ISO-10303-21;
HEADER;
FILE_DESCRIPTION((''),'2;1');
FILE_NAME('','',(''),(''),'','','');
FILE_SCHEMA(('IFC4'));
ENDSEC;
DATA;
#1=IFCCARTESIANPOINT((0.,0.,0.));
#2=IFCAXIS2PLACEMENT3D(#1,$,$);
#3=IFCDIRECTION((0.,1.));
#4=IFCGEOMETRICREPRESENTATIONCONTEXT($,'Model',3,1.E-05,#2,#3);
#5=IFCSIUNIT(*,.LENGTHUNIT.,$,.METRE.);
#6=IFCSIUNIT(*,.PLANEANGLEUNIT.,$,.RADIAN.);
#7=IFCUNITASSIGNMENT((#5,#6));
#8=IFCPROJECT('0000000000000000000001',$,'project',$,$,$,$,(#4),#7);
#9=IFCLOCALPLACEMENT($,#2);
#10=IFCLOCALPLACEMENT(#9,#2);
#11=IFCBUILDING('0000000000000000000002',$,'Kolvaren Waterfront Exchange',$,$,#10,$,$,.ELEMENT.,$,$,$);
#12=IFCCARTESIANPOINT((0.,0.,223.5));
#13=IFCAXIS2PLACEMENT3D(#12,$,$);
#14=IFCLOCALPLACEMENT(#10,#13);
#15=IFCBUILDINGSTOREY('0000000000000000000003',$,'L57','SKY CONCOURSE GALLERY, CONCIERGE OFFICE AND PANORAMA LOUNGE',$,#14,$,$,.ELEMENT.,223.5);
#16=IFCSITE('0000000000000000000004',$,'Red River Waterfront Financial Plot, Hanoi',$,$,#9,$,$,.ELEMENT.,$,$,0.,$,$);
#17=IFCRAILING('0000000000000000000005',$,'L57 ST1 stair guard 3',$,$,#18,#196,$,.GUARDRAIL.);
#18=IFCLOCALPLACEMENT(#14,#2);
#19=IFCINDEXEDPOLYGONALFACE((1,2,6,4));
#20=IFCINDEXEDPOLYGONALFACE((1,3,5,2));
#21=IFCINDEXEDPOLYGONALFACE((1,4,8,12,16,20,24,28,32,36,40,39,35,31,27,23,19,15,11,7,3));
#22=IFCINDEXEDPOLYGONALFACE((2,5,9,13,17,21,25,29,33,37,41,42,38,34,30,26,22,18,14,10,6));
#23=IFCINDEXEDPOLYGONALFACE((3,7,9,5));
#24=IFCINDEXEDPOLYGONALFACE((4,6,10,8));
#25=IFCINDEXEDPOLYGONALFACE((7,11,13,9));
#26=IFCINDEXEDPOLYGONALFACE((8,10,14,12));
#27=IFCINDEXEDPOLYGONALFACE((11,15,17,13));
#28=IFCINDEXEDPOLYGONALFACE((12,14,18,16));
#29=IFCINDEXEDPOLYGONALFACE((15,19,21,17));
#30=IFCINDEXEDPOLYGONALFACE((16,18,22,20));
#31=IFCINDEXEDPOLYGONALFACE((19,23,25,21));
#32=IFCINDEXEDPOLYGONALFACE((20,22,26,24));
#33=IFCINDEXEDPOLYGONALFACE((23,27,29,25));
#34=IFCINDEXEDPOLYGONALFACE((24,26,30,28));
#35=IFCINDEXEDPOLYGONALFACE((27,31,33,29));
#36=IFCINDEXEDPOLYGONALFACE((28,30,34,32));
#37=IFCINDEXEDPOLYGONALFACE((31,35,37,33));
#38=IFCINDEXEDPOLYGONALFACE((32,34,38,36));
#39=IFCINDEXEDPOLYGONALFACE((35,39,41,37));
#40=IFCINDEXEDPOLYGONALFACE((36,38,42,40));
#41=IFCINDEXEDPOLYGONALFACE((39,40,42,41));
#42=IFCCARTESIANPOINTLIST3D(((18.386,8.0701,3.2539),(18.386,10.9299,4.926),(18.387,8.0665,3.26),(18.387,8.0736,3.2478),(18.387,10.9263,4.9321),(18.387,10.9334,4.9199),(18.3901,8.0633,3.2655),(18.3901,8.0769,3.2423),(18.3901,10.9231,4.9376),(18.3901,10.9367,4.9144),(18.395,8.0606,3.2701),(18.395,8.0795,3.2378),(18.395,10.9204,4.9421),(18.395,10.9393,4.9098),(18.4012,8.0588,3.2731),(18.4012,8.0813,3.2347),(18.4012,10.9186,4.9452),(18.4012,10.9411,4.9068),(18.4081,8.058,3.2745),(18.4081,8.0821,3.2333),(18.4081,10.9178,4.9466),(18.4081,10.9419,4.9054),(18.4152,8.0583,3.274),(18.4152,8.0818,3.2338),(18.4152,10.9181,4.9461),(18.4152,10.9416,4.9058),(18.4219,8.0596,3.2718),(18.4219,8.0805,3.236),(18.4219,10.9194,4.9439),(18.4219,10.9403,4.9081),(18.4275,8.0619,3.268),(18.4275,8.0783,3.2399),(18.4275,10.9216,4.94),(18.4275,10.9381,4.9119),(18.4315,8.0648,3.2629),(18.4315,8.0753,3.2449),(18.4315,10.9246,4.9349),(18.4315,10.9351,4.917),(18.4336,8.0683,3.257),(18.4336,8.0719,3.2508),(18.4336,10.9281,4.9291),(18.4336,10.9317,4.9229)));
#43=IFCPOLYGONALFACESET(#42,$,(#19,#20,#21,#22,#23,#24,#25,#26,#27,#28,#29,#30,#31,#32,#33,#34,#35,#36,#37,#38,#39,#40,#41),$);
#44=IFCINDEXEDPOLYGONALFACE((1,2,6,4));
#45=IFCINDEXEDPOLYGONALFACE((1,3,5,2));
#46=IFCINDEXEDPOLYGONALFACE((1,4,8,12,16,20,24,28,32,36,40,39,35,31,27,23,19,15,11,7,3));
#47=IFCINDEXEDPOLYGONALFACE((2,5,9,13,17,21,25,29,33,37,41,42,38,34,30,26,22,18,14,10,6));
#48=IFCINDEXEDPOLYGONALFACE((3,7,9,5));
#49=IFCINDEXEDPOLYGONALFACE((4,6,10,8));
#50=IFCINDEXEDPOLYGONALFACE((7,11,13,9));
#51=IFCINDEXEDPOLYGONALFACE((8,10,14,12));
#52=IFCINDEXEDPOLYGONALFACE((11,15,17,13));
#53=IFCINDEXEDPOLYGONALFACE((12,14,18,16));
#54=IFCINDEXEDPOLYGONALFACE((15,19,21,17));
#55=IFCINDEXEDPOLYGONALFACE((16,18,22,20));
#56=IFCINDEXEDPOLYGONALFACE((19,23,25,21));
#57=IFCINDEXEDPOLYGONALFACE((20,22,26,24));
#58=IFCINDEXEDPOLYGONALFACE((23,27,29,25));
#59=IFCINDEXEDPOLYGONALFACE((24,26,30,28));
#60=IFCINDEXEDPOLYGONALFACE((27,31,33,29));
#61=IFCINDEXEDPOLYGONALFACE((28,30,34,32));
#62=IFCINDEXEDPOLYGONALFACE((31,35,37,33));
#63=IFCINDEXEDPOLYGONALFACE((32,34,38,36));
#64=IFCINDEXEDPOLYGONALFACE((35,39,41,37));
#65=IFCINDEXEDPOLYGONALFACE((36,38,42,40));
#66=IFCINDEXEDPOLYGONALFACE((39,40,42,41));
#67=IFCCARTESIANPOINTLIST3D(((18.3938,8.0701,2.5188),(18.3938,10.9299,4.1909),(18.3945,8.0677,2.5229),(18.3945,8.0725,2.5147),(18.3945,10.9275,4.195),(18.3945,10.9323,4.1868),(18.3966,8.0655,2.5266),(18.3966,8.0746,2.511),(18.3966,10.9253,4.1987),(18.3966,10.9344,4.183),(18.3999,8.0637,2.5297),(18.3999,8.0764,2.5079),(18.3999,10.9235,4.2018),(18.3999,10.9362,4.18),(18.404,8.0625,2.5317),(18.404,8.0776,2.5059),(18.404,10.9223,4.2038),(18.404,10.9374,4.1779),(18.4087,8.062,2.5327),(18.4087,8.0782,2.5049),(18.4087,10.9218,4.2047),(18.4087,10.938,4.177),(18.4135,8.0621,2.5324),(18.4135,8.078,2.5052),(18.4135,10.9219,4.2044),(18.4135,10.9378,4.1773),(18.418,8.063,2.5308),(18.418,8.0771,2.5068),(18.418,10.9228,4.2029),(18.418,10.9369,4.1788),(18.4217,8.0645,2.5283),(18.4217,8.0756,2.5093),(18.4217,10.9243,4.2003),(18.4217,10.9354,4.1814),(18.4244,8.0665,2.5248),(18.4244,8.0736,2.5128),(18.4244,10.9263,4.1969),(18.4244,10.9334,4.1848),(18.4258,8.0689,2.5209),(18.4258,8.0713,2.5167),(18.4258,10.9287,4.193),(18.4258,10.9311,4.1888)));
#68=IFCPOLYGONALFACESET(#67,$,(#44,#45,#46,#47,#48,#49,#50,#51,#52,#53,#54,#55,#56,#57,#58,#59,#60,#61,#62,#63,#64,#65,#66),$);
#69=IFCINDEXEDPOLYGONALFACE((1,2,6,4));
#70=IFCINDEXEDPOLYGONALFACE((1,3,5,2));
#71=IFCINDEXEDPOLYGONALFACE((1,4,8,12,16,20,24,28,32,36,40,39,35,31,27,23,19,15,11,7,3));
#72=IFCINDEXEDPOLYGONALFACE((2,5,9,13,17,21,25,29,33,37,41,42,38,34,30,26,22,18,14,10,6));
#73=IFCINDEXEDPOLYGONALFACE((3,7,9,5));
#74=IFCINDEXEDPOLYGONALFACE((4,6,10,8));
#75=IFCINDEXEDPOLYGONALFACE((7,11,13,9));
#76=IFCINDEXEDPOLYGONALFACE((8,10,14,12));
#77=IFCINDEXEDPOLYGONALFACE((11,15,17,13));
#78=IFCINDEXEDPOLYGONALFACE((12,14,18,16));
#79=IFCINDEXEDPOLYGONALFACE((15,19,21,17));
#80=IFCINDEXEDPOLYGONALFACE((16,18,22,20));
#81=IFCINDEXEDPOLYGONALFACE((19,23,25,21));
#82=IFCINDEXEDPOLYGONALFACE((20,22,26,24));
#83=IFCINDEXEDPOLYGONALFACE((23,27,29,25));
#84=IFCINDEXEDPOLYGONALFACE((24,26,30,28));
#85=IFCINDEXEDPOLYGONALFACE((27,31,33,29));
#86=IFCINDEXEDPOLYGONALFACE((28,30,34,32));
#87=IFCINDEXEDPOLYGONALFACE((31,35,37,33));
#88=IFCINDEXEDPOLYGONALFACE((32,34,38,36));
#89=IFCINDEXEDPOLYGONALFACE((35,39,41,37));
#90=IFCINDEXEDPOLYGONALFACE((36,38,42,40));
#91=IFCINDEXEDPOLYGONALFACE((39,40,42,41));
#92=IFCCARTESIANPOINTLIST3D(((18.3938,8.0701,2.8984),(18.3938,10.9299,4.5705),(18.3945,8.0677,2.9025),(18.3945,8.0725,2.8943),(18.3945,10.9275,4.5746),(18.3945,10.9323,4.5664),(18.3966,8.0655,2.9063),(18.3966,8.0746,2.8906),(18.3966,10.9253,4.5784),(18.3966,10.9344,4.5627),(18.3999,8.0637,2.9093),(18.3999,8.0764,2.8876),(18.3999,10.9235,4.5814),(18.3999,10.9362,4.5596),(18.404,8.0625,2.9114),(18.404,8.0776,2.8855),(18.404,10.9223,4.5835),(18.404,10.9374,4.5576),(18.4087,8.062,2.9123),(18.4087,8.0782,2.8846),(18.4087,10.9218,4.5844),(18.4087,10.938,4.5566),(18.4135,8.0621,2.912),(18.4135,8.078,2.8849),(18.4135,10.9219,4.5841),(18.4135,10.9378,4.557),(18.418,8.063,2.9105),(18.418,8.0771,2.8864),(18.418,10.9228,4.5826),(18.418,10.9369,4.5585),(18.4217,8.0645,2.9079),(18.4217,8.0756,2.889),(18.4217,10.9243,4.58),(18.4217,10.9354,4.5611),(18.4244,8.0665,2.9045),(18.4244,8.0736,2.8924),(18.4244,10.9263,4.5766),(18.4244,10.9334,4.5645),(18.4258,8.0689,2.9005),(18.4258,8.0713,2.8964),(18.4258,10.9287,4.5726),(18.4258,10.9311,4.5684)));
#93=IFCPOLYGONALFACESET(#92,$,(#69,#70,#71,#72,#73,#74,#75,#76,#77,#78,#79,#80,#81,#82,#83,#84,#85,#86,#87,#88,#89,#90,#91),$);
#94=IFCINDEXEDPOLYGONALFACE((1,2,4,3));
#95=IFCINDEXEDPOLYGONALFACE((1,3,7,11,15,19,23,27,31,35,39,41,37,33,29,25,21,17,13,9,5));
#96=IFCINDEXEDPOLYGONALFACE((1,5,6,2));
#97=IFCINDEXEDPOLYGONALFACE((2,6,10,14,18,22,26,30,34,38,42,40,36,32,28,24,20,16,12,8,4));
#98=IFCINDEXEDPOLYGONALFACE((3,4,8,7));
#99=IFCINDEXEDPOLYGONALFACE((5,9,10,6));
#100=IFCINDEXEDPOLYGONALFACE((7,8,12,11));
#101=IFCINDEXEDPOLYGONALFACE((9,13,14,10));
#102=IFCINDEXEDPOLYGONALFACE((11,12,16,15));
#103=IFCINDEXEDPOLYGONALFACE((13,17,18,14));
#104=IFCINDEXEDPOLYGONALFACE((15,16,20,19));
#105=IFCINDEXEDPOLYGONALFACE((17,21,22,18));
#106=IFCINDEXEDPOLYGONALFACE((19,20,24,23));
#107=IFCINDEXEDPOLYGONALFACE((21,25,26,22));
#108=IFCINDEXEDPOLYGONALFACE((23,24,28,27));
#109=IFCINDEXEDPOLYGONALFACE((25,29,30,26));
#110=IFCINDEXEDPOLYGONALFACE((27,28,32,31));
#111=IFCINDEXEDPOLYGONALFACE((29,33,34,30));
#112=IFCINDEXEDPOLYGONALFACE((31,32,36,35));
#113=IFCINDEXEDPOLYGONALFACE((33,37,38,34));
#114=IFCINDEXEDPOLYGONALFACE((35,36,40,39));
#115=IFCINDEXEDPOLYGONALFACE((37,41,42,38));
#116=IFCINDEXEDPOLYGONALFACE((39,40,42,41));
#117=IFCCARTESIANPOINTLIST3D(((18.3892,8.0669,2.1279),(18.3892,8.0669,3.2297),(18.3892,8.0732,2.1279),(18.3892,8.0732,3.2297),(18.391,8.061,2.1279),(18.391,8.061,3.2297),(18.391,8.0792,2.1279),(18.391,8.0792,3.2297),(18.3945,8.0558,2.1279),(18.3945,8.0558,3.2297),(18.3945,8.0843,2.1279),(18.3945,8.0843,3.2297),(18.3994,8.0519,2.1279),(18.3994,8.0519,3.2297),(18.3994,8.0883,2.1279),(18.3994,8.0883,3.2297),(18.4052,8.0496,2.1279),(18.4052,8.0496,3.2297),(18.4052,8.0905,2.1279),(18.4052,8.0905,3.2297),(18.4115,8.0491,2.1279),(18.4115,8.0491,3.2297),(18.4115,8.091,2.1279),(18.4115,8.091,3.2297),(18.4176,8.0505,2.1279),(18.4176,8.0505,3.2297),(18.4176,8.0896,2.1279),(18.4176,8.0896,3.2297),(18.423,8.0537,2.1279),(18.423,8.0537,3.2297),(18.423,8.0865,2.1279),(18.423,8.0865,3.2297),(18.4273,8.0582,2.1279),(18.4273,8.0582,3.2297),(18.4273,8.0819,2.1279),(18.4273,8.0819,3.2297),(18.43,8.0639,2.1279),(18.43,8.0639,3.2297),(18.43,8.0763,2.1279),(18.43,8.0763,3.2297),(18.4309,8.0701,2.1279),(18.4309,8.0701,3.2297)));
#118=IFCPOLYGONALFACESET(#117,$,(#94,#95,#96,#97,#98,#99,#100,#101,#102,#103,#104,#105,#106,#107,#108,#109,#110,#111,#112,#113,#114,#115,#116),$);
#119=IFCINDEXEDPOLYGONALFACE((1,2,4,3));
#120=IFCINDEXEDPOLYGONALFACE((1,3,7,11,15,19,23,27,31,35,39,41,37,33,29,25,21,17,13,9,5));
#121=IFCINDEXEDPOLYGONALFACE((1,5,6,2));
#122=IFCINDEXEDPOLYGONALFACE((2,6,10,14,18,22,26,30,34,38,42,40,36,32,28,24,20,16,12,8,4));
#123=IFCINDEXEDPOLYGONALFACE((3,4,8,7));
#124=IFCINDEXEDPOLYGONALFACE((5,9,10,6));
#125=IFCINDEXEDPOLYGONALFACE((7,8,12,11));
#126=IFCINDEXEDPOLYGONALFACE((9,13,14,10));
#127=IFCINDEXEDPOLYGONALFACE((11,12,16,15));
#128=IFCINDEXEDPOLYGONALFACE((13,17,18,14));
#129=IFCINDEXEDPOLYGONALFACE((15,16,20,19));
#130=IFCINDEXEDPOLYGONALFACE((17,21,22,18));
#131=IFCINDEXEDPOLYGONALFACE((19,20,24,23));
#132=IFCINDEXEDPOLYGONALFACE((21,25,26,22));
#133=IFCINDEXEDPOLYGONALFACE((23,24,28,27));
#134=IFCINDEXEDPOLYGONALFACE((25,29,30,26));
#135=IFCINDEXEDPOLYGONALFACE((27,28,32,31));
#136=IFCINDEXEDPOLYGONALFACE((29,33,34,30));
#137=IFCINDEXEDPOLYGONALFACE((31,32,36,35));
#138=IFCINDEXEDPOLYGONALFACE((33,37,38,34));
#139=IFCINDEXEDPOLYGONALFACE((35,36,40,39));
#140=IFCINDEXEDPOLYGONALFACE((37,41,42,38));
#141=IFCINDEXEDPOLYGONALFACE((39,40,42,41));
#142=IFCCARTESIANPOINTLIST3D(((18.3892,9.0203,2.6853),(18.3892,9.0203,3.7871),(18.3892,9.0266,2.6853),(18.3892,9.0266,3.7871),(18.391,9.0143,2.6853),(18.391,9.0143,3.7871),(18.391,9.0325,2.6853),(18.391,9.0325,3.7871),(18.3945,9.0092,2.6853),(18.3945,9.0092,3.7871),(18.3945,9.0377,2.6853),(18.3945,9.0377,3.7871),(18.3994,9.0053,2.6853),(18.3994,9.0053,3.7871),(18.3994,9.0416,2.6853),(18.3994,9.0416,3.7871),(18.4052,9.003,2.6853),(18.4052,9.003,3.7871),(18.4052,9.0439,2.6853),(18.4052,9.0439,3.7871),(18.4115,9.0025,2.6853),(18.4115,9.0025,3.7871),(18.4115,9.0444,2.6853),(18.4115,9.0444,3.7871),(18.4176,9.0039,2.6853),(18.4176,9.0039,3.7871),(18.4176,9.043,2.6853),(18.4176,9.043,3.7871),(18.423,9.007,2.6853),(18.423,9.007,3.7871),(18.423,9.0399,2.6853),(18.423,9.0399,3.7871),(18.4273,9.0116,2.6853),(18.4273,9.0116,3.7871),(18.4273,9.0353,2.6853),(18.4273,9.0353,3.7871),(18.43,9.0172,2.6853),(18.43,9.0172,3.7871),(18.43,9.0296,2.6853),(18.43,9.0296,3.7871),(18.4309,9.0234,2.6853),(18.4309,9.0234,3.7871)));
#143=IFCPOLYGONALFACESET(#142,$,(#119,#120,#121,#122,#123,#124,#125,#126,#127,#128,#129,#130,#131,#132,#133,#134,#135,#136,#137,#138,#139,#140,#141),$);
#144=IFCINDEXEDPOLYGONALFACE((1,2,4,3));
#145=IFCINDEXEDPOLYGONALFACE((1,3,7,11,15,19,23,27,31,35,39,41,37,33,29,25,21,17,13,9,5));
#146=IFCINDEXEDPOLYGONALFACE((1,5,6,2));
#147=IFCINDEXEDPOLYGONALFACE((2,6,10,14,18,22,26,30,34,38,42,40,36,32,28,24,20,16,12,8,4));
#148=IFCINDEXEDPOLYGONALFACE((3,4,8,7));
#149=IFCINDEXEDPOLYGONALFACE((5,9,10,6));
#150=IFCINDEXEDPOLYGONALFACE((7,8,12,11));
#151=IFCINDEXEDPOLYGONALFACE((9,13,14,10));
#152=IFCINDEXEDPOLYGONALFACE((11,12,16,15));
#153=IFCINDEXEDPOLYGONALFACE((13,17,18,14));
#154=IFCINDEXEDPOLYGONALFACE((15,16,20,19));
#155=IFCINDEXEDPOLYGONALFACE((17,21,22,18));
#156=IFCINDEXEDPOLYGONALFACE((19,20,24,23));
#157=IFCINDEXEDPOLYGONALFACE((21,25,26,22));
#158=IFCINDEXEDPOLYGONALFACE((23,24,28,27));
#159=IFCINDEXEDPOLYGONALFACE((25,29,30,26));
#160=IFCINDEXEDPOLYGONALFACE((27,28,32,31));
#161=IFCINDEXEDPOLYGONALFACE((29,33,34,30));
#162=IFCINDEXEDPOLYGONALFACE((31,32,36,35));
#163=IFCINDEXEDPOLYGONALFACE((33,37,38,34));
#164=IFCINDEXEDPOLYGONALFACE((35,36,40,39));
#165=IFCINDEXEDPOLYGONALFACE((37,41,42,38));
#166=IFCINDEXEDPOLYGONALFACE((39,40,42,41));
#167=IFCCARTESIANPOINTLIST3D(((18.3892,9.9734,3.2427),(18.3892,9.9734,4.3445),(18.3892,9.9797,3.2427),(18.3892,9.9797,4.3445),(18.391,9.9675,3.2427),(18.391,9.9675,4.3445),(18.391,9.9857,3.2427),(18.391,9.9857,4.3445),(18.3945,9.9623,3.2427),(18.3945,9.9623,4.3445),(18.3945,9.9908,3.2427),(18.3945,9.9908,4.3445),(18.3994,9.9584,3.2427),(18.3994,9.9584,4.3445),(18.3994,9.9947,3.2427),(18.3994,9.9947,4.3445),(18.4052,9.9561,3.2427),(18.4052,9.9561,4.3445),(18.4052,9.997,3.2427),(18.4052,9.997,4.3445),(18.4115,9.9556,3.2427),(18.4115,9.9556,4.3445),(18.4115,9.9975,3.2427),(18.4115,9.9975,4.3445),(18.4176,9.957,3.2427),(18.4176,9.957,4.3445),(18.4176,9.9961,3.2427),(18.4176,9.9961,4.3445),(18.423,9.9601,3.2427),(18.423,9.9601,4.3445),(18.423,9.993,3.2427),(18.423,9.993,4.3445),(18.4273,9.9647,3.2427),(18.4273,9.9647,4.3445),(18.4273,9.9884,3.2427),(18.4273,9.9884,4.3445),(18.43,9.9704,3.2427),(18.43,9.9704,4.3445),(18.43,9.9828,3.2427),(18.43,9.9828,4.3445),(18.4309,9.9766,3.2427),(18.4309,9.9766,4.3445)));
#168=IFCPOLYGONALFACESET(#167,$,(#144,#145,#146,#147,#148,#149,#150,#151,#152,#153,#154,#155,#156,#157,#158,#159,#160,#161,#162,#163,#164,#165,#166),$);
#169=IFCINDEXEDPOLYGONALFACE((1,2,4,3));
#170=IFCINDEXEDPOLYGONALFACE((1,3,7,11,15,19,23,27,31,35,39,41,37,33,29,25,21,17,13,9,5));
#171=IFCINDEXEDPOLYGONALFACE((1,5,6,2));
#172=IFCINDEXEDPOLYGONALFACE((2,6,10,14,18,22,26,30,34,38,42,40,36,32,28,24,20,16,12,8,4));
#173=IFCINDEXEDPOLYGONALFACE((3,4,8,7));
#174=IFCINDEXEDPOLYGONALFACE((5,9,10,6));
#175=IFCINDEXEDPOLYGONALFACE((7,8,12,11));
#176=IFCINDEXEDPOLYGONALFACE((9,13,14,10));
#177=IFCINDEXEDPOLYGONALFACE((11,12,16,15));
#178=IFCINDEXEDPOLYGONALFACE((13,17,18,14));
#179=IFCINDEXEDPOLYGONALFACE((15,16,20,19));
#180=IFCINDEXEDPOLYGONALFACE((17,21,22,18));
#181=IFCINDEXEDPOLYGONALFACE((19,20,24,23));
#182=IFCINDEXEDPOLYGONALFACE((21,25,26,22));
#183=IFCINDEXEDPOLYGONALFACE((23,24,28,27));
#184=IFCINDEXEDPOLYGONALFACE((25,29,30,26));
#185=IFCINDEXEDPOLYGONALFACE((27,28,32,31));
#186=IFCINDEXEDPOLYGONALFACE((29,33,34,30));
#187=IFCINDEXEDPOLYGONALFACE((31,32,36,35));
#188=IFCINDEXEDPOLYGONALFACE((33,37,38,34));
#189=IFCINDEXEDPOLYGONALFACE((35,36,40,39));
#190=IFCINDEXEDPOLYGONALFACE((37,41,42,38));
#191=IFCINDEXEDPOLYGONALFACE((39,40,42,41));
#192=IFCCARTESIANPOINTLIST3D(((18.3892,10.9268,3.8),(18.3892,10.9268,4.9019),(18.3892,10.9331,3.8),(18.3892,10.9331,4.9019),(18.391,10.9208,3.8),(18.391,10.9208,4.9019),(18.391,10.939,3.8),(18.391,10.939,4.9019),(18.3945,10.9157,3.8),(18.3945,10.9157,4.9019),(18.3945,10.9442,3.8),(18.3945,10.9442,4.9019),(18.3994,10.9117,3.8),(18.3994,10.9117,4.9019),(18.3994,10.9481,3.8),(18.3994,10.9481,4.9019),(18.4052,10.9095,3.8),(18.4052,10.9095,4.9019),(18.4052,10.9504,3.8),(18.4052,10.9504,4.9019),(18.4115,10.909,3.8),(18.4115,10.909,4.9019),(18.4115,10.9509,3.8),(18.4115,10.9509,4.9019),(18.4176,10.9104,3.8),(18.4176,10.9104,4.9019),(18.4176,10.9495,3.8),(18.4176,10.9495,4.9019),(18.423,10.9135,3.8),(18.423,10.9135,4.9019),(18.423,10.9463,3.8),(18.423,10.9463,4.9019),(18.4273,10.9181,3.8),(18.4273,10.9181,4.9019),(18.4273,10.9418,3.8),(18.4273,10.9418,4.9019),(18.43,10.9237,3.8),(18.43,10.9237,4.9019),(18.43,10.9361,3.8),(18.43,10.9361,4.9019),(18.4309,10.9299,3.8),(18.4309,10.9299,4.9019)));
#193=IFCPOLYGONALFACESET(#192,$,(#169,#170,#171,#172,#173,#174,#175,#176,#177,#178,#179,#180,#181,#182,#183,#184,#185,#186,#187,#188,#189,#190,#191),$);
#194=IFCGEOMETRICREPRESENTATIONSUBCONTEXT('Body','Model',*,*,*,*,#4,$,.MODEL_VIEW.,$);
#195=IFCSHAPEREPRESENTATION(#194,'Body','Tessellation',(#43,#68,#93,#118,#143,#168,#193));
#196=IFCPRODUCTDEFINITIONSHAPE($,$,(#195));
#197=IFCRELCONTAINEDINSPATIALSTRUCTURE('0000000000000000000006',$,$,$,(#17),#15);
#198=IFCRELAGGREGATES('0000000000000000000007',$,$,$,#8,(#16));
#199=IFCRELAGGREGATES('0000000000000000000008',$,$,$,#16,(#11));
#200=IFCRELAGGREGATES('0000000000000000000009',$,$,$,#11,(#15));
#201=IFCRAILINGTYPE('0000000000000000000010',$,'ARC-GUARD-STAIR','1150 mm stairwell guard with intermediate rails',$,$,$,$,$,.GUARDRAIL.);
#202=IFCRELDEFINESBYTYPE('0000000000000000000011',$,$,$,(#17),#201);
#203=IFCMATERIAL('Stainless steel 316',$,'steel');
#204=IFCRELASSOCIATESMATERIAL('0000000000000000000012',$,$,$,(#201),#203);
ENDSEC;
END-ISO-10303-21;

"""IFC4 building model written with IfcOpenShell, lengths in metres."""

from ifc_helpers import new_model, si_unit, direction, frame, origin, origin_2d, place, context, subcontext, project, spatial, circle, extrude, material, type_object, element, save


model = new_model("IFC4")

# Units and contexts
model_context = context("Model", 3, precision=1e-05, world=origin(), true_north=direction((0.0, 1.0)))
body_context = subcontext(model_context, "Body", "Model", "MODEL_VIEW")
ifc_project = project(units=[si_unit("LENGTHUNIT", "METRE"), si_unit("PLANEANGLEUNIT", "RADIAN")], contexts=[model_context])

# Site, building, storey
site_placement = place(None, origin())
site = spatial("IfcSite", under=ifc_project, at=site_placement, Name="Red River Waterfront Financial Plot, Hanoi", CompositionType="ELEMENT", RefElevation=0.0)
building_placement = place(site_placement, origin())
building = spatial("IfcBuilding", under=site, at=building_placement, Name="Kolvaren Waterfront Exchange", CompositionType="ELEMENT")
storey_placement = place(building_placement, frame((0.0, 0.0, 223.5)))
storey = spatial("IfcBuildingStorey", under=building, at=storey_placement, Name="L57", Description="SKY CONCOURSE GALLERY, CONCIERGE OFFICE AND PANORAMA LOUNGE", CompositionType="ELEMENT", Elevation=223.5)

# Railing
ifc_material_1 = material(Name="Stainless steel 316", Category="steel")
railing_type_1 = type_object("IfcRailingType", Name="ARC-GUARD-STAIR", Description="1150 mm stairwell guard with intermediate rails", PredefinedType="GUARDRAIL", material=ifc_material_1)
railing_1_placement = place(storey_placement, frame((18.4099, 8.0701, 2.1279)))
element("IfcRailing", 1, at=railing_1_placement, inside=storey, type_object=railing_type_1, Name="L57 ST1 stair guard 3", PredefinedType="GUARDRAIL", context=body_context, shape_type="SweptSolid", body=[
    extrude(circle(Radius=0.0239, at=origin_2d()), frame((0.0, 0.0, 1.126), z_axis=(0.0, 0.863271, 0.504741), x_axis=(-1.0, 0.0, 0.0)), (0.0, 0.0, 1.0), 3.3127),
    extrude(circle(Radius=0.0161, at=origin_2d()), frame((0.0, 0.0, 0.3909), z_axis=(0.0, 0.863271, 0.504741), x_axis=(-1.0, 0.0, 0.0)), (0.0, 0.0, 1.0), 3.3127),
    extrude(circle(Radius=0.0161, at=origin_2d()), frame((0.0, 0.0, 0.7705), z_axis=(0.0, 0.863271, 0.504741), x_axis=(-1.0, 0.0, 0.0)), (0.0, 0.0, 1.0), 3.3127),
    extrude(circle(Radius=0.021, at=origin_2d()), origin(), (0.0, 0.0, 1.0), 1.1018),
    extrude(circle(Radius=0.021, at=origin_2d()), frame((0.0, 0.9534, 0.5574)), (0.0, 0.0, 1.0), 1.1018),
    extrude(circle(Radius=0.021, at=origin_2d()), frame((0.0, 1.9065, 1.1147)), (0.0, 0.0, 1.0), 1.1018),
    extrude(circle(Radius=0.021, at=origin_2d()), frame((0.0, 2.8599, 1.6721)), (0.0, 0.0, 1.0), 1.1018),
])

save(model, "model.ifc")
